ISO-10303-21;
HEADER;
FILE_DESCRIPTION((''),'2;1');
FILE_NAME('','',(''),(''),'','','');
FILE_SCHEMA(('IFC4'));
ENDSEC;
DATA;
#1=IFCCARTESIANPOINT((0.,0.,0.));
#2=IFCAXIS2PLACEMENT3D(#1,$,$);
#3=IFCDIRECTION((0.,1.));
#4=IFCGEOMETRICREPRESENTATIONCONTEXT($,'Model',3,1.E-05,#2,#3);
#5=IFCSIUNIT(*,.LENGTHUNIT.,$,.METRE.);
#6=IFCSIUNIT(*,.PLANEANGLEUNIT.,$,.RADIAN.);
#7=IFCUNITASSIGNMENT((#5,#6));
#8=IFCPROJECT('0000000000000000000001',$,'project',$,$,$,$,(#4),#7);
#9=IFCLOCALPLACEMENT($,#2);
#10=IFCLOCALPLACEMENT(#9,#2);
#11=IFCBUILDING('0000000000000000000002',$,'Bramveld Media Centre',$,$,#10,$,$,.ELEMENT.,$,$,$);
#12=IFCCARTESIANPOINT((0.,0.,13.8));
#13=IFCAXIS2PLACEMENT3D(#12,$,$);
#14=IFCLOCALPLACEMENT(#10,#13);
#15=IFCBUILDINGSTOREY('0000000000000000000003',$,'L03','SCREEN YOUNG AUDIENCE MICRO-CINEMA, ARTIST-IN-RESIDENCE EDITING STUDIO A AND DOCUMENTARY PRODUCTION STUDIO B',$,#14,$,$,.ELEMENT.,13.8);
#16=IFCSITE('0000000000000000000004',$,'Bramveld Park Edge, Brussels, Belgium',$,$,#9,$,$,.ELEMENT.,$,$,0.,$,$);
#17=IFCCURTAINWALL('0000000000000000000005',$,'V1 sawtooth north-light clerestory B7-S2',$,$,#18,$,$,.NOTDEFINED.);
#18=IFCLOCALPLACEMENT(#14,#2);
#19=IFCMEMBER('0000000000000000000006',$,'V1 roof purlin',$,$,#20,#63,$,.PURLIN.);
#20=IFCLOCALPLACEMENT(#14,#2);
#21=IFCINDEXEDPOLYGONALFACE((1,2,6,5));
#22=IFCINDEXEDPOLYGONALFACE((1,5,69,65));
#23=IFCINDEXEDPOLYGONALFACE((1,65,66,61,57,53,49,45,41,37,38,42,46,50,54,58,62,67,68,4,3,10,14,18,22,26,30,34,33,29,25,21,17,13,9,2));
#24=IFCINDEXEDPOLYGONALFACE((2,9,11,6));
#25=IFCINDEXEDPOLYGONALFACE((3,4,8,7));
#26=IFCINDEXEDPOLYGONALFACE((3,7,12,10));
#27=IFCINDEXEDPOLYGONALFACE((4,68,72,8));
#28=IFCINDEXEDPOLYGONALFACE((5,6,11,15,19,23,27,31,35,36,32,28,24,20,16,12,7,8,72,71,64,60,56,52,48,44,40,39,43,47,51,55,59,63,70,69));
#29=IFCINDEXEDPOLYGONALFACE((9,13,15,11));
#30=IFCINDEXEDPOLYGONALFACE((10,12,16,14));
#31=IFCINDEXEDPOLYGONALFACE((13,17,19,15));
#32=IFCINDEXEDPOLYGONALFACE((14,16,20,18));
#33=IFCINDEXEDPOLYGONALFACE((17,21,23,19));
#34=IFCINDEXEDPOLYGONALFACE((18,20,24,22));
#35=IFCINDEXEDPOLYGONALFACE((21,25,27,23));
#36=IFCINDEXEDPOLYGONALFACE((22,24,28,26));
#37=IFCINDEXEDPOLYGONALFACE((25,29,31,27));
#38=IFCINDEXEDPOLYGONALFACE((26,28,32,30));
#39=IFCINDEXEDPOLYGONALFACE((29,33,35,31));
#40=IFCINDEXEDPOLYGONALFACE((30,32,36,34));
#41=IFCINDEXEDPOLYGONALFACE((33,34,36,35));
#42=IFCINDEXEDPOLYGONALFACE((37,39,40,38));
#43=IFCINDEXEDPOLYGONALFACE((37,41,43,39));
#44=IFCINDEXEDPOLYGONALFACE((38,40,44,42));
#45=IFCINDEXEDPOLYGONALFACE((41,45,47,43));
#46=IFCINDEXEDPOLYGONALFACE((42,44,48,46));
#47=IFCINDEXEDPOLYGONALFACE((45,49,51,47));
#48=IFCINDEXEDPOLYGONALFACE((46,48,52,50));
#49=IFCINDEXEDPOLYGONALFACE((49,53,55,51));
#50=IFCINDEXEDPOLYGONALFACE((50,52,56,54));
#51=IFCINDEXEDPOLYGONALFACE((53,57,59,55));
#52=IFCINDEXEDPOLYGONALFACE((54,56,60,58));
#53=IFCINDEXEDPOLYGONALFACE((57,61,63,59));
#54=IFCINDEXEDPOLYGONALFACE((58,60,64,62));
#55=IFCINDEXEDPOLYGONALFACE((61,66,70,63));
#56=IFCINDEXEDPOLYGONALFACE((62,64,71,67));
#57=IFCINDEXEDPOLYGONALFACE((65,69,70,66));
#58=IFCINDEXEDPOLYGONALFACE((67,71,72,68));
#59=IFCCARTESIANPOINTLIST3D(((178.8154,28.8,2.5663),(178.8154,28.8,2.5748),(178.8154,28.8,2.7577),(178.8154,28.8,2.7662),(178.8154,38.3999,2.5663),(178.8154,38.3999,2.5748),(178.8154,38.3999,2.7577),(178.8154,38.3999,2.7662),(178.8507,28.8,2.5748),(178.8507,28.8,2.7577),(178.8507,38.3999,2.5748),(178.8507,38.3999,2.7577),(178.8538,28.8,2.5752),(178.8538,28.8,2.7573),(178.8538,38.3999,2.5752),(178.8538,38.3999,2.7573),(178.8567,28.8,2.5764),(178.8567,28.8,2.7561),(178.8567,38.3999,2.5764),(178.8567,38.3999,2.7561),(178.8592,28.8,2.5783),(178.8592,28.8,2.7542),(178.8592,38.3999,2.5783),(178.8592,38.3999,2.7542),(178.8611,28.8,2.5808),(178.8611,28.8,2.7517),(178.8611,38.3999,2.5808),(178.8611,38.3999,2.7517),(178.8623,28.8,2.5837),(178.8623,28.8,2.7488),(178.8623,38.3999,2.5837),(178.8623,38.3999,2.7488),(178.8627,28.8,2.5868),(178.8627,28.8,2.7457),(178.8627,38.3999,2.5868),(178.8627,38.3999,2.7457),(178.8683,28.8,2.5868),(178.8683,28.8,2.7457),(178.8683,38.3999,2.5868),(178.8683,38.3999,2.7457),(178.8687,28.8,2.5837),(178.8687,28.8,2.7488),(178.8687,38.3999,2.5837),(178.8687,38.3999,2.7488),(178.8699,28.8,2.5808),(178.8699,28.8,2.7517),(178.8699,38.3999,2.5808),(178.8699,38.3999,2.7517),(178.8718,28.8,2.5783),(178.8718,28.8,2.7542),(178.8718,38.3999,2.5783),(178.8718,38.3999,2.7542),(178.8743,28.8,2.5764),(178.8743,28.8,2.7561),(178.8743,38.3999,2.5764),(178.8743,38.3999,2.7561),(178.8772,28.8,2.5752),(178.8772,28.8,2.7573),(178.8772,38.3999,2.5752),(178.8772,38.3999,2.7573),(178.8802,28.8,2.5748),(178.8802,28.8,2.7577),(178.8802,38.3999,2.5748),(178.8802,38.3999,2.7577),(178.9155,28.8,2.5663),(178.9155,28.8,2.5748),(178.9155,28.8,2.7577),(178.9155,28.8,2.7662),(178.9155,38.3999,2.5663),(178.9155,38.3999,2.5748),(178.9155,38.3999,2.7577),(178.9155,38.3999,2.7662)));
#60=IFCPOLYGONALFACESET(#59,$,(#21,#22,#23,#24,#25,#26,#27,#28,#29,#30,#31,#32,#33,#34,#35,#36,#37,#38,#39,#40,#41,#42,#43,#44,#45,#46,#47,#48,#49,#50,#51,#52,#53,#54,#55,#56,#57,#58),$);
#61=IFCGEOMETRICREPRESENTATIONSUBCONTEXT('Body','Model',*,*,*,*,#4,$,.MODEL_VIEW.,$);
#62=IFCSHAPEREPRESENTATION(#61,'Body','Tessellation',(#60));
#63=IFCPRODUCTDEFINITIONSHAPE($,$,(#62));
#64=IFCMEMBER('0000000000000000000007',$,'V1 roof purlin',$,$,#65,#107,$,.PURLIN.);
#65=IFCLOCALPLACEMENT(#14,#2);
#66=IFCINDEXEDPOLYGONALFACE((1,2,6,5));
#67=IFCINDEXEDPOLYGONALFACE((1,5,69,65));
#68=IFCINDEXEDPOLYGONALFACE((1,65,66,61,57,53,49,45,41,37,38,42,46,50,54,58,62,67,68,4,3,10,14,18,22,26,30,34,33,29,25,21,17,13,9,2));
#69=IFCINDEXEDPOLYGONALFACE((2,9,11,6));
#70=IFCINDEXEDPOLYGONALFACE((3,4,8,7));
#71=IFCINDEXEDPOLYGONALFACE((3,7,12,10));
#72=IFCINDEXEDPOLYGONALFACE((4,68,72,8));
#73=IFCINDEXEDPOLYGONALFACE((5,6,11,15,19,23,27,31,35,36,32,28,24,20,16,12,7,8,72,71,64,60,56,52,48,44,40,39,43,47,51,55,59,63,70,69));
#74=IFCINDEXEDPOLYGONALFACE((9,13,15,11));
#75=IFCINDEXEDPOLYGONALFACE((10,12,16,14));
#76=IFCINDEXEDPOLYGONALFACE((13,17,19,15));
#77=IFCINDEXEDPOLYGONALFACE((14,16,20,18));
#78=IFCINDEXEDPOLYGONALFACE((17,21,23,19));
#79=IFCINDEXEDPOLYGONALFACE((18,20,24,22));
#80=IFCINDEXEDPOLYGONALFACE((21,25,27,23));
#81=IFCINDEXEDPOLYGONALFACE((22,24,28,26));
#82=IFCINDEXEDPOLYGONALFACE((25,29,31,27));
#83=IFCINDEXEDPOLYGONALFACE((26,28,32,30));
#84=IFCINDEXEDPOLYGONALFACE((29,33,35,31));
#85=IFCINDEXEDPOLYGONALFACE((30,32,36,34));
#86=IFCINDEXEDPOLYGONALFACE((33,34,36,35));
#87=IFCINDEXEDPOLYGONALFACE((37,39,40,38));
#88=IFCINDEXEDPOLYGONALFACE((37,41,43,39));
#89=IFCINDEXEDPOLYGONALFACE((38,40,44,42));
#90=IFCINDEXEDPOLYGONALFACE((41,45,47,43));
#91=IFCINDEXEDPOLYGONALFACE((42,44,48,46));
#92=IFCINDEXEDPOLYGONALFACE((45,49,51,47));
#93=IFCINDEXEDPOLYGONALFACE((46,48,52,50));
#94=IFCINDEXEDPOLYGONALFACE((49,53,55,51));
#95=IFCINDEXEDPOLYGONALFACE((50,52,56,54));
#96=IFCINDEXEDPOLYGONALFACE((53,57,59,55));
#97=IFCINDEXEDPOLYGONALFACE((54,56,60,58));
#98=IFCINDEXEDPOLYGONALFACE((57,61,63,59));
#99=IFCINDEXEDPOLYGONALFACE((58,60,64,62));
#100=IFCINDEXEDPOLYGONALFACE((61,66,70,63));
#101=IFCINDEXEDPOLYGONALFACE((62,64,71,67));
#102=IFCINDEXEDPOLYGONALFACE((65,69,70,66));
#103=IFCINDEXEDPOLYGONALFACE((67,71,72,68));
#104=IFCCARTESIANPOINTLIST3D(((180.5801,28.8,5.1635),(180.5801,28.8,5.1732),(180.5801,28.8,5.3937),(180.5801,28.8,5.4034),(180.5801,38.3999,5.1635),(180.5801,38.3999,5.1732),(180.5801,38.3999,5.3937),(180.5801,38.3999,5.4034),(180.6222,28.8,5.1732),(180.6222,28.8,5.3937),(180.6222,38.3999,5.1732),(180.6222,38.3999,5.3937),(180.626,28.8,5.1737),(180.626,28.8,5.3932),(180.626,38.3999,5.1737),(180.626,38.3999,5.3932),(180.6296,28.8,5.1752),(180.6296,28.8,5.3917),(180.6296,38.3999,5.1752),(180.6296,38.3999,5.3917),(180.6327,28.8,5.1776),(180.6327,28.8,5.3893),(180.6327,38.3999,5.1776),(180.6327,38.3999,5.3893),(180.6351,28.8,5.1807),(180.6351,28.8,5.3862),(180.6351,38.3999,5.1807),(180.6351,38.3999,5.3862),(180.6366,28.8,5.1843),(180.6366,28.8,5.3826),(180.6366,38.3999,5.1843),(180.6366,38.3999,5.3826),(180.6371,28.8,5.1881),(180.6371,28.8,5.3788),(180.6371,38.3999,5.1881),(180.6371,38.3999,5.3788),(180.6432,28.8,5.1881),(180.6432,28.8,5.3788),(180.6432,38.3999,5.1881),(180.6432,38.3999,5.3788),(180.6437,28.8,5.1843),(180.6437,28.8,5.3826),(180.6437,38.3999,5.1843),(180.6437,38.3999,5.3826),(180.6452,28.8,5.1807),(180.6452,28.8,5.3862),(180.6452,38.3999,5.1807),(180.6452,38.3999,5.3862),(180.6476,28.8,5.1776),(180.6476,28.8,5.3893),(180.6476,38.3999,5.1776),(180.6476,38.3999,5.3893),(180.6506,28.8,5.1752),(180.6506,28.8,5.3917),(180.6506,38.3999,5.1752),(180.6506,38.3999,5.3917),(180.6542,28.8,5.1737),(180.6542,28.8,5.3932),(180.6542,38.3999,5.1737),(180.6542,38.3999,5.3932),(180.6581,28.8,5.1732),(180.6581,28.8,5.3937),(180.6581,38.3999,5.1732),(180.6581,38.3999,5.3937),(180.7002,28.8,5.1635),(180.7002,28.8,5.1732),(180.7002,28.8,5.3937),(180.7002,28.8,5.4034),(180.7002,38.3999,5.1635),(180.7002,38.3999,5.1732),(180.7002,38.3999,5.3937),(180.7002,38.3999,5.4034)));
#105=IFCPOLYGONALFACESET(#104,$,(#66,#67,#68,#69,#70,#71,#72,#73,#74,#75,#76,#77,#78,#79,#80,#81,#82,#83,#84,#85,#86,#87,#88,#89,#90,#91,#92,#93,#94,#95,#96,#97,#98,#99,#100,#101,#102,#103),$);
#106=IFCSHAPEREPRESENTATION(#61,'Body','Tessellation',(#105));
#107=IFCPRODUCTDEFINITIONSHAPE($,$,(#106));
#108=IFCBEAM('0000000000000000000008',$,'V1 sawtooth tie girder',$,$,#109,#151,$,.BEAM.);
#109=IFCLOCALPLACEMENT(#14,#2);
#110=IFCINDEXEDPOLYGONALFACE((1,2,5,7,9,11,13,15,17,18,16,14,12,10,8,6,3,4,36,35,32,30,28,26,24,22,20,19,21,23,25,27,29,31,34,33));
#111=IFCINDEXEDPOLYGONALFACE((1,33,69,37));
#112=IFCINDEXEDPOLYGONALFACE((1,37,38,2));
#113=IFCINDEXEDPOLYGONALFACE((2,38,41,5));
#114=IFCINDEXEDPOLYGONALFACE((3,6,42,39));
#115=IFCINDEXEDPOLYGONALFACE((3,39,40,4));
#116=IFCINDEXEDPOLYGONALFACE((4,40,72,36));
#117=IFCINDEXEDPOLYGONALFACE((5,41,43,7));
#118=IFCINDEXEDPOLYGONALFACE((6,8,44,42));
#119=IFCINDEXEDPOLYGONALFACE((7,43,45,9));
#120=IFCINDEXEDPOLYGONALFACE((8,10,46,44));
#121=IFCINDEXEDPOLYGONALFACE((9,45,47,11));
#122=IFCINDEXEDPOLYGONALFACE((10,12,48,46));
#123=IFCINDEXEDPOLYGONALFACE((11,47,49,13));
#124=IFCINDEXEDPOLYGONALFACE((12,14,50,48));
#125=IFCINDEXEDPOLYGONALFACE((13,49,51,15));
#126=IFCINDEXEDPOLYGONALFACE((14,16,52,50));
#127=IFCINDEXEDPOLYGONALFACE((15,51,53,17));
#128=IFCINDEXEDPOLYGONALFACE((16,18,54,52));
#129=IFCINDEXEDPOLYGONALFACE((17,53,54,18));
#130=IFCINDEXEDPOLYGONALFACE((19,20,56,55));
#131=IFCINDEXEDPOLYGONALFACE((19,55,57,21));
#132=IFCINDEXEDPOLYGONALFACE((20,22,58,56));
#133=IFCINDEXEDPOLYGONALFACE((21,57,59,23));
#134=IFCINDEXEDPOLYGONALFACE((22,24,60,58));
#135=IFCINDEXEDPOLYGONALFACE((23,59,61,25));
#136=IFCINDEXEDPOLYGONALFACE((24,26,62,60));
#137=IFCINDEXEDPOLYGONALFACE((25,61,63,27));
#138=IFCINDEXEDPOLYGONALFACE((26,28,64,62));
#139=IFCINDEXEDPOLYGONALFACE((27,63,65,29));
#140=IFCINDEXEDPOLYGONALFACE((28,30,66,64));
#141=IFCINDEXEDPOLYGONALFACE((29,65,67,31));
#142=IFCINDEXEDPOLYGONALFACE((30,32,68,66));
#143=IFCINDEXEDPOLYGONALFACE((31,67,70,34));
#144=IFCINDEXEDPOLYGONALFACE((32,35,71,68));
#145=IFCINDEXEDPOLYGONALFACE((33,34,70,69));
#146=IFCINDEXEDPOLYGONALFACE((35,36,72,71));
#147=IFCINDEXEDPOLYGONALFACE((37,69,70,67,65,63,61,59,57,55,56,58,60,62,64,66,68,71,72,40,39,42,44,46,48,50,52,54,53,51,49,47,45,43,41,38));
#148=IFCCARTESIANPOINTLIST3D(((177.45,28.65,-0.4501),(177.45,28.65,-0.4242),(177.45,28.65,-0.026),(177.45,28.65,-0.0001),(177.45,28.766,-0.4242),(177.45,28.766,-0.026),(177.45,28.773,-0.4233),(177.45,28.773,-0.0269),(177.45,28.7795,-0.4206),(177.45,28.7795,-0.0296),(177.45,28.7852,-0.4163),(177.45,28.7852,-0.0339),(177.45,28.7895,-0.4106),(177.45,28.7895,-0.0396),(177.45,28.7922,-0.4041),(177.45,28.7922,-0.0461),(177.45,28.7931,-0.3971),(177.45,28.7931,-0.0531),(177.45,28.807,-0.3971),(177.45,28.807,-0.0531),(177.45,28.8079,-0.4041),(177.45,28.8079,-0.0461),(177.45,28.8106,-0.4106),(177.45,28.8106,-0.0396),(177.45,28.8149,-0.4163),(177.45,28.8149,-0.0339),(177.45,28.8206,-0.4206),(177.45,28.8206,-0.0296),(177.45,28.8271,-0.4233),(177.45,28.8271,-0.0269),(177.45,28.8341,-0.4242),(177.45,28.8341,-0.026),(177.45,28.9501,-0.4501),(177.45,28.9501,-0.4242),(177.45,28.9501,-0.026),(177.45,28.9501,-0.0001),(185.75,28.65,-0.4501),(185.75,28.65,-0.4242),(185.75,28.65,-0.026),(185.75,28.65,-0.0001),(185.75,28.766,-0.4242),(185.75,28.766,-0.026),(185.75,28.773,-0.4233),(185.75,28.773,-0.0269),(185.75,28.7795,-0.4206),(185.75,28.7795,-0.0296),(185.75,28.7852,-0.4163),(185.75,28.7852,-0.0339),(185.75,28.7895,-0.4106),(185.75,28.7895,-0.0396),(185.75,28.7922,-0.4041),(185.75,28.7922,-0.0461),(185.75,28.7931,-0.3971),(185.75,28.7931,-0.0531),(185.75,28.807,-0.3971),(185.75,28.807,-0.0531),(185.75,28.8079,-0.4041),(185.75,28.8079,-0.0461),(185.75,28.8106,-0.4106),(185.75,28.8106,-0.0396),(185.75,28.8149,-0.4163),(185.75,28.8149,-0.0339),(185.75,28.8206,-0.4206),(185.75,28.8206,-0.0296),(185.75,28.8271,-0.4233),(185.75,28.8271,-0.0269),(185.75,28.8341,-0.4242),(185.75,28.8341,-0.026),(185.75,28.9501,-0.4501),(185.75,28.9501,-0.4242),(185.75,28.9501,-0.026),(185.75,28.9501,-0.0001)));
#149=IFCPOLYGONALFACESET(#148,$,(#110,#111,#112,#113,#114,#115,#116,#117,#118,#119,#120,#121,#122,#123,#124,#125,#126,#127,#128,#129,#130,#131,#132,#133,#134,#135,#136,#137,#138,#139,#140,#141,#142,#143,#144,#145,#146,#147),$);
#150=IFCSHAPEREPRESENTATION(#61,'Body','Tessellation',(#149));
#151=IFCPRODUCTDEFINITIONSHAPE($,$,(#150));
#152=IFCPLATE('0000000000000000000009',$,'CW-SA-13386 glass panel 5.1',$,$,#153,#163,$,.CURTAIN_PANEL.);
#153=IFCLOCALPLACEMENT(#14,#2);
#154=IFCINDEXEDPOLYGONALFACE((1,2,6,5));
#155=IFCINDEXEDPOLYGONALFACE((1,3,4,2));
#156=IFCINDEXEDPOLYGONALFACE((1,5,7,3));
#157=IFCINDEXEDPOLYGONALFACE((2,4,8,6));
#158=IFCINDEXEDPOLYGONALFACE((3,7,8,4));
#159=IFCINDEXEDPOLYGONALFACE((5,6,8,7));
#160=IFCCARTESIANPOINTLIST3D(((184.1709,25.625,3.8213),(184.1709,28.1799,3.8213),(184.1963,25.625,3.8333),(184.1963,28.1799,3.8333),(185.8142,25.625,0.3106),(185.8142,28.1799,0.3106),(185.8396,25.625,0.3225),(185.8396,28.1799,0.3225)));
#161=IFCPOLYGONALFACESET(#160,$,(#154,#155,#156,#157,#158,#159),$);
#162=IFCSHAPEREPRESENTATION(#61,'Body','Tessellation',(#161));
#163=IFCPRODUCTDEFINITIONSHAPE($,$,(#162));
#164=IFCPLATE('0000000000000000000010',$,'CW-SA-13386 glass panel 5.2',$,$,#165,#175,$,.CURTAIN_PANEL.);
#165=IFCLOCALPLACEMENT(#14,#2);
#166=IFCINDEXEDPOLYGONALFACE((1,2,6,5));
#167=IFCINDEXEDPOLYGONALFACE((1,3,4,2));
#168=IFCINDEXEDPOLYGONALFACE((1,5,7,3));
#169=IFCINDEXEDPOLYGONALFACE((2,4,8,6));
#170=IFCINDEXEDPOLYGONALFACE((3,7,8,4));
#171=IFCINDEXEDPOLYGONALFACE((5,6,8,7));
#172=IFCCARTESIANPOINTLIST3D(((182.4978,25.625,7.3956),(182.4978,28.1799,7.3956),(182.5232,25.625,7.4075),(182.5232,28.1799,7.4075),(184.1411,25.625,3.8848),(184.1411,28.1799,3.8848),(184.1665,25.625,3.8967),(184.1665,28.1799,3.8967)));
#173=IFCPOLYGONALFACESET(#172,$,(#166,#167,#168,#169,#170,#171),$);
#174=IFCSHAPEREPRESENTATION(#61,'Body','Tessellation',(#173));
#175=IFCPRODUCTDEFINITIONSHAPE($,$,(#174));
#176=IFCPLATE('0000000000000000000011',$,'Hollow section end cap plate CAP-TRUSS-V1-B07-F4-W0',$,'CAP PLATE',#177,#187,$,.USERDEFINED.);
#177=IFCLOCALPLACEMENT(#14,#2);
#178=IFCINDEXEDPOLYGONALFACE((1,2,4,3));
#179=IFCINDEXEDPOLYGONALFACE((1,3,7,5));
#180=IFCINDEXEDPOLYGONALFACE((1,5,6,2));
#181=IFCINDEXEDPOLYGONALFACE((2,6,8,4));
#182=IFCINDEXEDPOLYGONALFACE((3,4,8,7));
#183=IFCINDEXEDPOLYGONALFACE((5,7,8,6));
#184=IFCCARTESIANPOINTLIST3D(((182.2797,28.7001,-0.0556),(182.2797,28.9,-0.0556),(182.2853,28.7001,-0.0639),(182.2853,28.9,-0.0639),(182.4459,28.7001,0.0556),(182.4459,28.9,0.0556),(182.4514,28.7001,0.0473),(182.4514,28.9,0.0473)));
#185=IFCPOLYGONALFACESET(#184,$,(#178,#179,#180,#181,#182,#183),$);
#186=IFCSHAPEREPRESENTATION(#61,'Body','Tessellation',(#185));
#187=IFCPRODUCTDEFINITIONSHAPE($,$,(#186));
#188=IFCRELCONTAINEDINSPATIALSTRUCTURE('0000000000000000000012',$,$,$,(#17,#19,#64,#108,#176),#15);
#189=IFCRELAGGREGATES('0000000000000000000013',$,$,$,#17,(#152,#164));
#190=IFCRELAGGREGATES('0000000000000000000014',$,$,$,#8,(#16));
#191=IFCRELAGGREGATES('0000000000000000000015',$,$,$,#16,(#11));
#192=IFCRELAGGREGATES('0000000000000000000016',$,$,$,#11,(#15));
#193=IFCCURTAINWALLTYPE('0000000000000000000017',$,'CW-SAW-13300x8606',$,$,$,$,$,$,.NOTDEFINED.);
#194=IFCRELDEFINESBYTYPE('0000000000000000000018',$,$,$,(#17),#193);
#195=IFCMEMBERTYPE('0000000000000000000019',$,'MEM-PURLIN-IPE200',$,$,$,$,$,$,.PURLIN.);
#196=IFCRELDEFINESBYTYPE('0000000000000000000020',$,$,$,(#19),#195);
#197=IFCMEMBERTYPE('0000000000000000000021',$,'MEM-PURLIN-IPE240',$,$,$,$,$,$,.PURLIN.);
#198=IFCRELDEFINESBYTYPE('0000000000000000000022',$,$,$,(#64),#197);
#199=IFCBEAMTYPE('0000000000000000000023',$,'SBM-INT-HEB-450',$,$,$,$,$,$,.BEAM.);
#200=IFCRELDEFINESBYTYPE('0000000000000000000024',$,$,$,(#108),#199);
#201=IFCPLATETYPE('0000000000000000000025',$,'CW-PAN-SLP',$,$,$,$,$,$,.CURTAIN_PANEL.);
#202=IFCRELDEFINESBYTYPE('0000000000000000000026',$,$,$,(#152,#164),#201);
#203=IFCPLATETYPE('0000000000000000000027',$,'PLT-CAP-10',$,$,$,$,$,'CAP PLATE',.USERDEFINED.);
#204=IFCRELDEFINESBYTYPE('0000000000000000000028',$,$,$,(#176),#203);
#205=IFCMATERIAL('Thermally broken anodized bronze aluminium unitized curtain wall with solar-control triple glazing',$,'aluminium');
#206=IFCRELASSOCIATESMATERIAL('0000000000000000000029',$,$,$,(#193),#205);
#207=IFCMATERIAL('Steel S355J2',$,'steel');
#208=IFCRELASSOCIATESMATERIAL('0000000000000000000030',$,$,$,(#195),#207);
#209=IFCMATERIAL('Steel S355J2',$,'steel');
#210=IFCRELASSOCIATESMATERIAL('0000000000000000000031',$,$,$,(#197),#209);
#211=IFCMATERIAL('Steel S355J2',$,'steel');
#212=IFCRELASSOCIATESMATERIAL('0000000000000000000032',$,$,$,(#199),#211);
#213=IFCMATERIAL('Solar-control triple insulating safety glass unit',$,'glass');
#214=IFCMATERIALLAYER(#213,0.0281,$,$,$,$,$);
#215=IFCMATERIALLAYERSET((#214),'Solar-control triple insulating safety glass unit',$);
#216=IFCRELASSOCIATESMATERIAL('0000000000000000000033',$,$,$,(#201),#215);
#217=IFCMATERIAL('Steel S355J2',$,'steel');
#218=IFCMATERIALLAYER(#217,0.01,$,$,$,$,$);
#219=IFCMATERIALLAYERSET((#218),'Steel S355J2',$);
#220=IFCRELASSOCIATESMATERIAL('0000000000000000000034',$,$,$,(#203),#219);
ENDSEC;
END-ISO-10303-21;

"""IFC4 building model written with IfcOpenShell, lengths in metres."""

from ifc_helpers import new_model, si_unit, direction, frame, origin, origin_2d, place, context, subcontext, project, spatial, polyline, rectangle, i_section, outline, extrude, material, layer, layer_set, material_profile, profile_set, type_object, element, aggregate, save


model = new_model("IFC4")

# Units and contexts
model_context = context("Model", 3, precision=1e-05, world=origin(), true_north=direction((0.0, 1.0)))
body_context = subcontext(model_context, "Body", "Model", "MODEL_VIEW")
ifc_project = project(units=[si_unit("LENGTHUNIT", "METRE"), si_unit("PLANEANGLEUNIT", "RADIAN")], contexts=[model_context])

# Site, building, storey
site_placement = place(None, origin())
site = spatial("IfcSite", under=ifc_project, at=site_placement, Name="Bramveld Park Edge, Brussels, Belgium", CompositionType="ELEMENT", RefElevation=0.0)
building_placement = place(site_placement, origin())
building = spatial("IfcBuilding", under=site, at=building_placement, Name="Bramveld Media Centre", CompositionType="ELEMENT")
storey_placement = place(building_placement, frame((0.0, 0.0, 13.8)))
storey = spatial("IfcBuildingStorey", under=building, at=storey_placement, Name="L03", Description="SCREEN YOUNG AUDIENCE MICRO-CINEMA, ARTIST-IN-RESIDENCE EDITING STUDIO A AND DOCUMENTARY PRODUCTION STUDIO B", CompositionType="ELEMENT", Elevation=13.8)

# Shared definitions
ifc_material_1 = material(Name="Thermally broken anodized bronze aluminium unitized curtain wall with solar-control triple glazing", Category="aluminium")
curtain_wall_type = type_object("IfcCurtainWallType", Name="CW-SAW-13300x8606", PredefinedType="NOTDEFINED", material=ifc_material_1)

# Curtain wall
curtain_wall_1_placement = place(storey_placement, origin())
curtain_wall_1 = element("IfcCurtainWall", 1, at=curtain_wall_1_placement, inside=storey, type_object=curtain_wall_type, Name="V1 sawtooth north-light clerestory B7-S2", PredefinedType="NOTDEFINED")

# Members
ifc_material_2 = material(Name="Steel S355J2", Category="steel")
ifc_material_profile_1 = material_profile(ifc_material_2, i_section(OverallWidth=0.1001, OverallDepth=0.2, WebThickness=0.0056, FlangeThickness=0.0085, FilletRadius=0.012, at=origin_2d()), Name="IPE 200")
ifc_profile_set_1 = profile_set([ifc_material_profile_1], Name="Steel S355J2")
member_type_1 = type_object("IfcMemberType", Name="MEM-PURLIN-IPE200", PredefinedType="PURLIN", material=ifc_profile_set_1)
member_1_placement = place(storey_placement, frame((178.8655, 28.8, 2.6663), z_axis=(0.0, 1.0, 0.0), x_axis=(-1.0, 0.0, 0.0)))
element("IfcMember", 2, at=member_1_placement, inside=storey, type_object=member_type_1, Name="V1 roof purlin", PredefinedType="PURLIN", context=body_context, shape_type="SweptSolid", body=[
    extrude(i_section(OverallWidth=0.1001, OverallDepth=0.2, WebThickness=0.0056, FlangeThickness=0.0085, FilletRadius=0.012, at=origin_2d()), origin(), (0.0, 0.0, 1.0), 9.5999),
])
ifc_material_3 = material(Name="Steel S355J2", Category="steel")
ifc_material_profile_2 = material_profile(ifc_material_3, i_section(OverallWidth=0.1201, OverallDepth=0.24, WebThickness=0.0061, FlangeThickness=0.0098, FilletRadius=0.0149, at=origin_2d()), Name="IPE 240")
ifc_profile_set_2 = profile_set([ifc_material_profile_2], Name="Steel S355J2")
member_type_2 = type_object("IfcMemberType", Name="MEM-PURLIN-IPE240", PredefinedType="PURLIN", material=ifc_profile_set_2)
member_2_placement = place(storey_placement, frame((180.6401, 28.8, 5.2834), z_axis=(0.0, 1.0, 0.0), x_axis=(-1.0, 0.0, 0.0)))
element("IfcMember", 3, at=member_2_placement, inside=storey, type_object=member_type_2, Name="V1 roof purlin", PredefinedType="PURLIN", context=body_context, shape_type="SweptSolid", body=[
    extrude(i_section(OverallWidth=0.1201, OverallDepth=0.24, WebThickness=0.0061, FlangeThickness=0.0098, FilletRadius=0.0149, at=origin_2d()), origin(), (0.0, 0.0, 1.0), 9.5999),
])

# Beam
ifc_material_4 = material(Name="Steel S355J2", Category="steel")
ifc_material_profile_3 = material_profile(ifc_material_4, i_section(OverallWidth=0.3, OverallDepth=0.45, WebThickness=0.0139, FlangeThickness=0.0259, FilletRadius=0.0271, at=origin_2d()), Name="HEB 450")
ifc_profile_set_3 = profile_set([ifc_material_profile_3], Name="Steel S355J2")
beam_type = type_object("IfcBeamType", Name="SBM-INT-HEB-450", PredefinedType="BEAM", material=ifc_profile_set_3)
beam_placement = place(storey_placement, frame((177.45, 28.8, -0.2251), z_axis=(1.0, 0.0, 0.0), x_axis=(0.0, 1.0, 0.0)))
element("IfcBeam", 4, at=beam_placement, inside=storey, type_object=beam_type, Name="V1 sawtooth tie girder", PredefinedType="BEAM", context=body_context, shape_type="SweptSolid", body=[
    extrude(i_section(OverallWidth=0.3, OverallDepth=0.45, WebThickness=0.0139, FlangeThickness=0.0259, FilletRadius=0.0271, at=origin_2d()), origin(), (0.0, 0.0, 1.0), 8.3),
])

# Plates
ifc_material_5 = material(Name="Solar-control triple insulating safety glass unit", Category="glass")
ifc_layer_1 = layer(ifc_material_5, 0.0281)
ifc_layer_set_1 = layer_set([ifc_layer_1], Name="Solar-control triple insulating safety glass unit")
plate_type_1 = type_object("IfcPlateType", Name="CW-PAN-SLP", PredefinedType="CURTAIN_PANEL", material=ifc_layer_set_1)
plate_1_placement = place(storey_placement, frame((185.8396, 25.625, 0.3225), z_axis=(0.905692, 0.0, 0.423937), x_axis=(0.0, 1.0, 0.0)))
plate_1 = element("IfcPlate", 5, at=plate_1_placement, type_object=plate_type_1, Name="CW-SA-13386 glass panel 5.1", PredefinedType="CURTAIN_PANEL", context=body_context, shape_type="SweptSolid", body=[
    extrude(outline(polyline([(0.0, 0.0), (2.5549, 0.0), (2.5549, 3.8763), (0.0, 3.8763), (0.0, 0.0)])), origin(), (0.0, 0.0, -1.0), 0.0281),
])
plate_2_placement = place(storey_placement, frame((184.1665, 25.625, 3.8967), z_axis=(0.905692, 0.0, 0.423937), x_axis=(0.0, 1.0, 0.0)))
plate_2 = element("IfcPlate", 6, at=plate_2_placement, type_object=plate_type_1, Name="CW-SA-13386 glass panel 5.2", PredefinedType="CURTAIN_PANEL", context=body_context, shape_type="SweptSolid", body=[
    extrude(outline(polyline([(0.0, 0.0), (2.5549, 0.0), (2.5549, 3.8763), (0.0, 3.8763), (0.0, 0.0)])), origin(), (0.0, 0.0, -1.0), 0.0281),
])
aggregate(curtain_wall_1, [plate_1, plate_2])

# Plate
ifc_material_6 = material(Name="Steel S355J2", Category="steel")
ifc_layer_2 = layer(ifc_material_6, 0.01)
ifc_layer_set_2 = layer_set([ifc_layer_2], Name="Steel S355J2")
plate_type_2 = type_object("IfcPlateType", Name="PLT-CAP-10", ElementType="CAP PLATE", PredefinedType="USERDEFINED", material=ifc_layer_set_2)
for number, where, z_axis, x_axis, name in (
    (7, (182.3628, 28.8, 0.0), (0.556175, 0.0, -0.831065), (0.0, 1.0, 0.0), "Hollow section end cap plate CAP-TRUSS-V1-B07-F4-W0"),
):
    element("IfcPlate", number, at=place(storey_placement, frame(where, z_axis=z_axis, x_axis=x_axis)), inside=storey, type_object=plate_type_2, Name=name, ObjectType="CAP PLATE", PredefinedType="USERDEFINED", context=body_context, shape_type="SweptSolid", body=[
        extrude(rectangle(XDim=0.2, YDim=0.2, at=origin_2d()), origin(), (0.0, 0.0, 1.0), 0.01),
    ])

save(model, "model.ifc")
